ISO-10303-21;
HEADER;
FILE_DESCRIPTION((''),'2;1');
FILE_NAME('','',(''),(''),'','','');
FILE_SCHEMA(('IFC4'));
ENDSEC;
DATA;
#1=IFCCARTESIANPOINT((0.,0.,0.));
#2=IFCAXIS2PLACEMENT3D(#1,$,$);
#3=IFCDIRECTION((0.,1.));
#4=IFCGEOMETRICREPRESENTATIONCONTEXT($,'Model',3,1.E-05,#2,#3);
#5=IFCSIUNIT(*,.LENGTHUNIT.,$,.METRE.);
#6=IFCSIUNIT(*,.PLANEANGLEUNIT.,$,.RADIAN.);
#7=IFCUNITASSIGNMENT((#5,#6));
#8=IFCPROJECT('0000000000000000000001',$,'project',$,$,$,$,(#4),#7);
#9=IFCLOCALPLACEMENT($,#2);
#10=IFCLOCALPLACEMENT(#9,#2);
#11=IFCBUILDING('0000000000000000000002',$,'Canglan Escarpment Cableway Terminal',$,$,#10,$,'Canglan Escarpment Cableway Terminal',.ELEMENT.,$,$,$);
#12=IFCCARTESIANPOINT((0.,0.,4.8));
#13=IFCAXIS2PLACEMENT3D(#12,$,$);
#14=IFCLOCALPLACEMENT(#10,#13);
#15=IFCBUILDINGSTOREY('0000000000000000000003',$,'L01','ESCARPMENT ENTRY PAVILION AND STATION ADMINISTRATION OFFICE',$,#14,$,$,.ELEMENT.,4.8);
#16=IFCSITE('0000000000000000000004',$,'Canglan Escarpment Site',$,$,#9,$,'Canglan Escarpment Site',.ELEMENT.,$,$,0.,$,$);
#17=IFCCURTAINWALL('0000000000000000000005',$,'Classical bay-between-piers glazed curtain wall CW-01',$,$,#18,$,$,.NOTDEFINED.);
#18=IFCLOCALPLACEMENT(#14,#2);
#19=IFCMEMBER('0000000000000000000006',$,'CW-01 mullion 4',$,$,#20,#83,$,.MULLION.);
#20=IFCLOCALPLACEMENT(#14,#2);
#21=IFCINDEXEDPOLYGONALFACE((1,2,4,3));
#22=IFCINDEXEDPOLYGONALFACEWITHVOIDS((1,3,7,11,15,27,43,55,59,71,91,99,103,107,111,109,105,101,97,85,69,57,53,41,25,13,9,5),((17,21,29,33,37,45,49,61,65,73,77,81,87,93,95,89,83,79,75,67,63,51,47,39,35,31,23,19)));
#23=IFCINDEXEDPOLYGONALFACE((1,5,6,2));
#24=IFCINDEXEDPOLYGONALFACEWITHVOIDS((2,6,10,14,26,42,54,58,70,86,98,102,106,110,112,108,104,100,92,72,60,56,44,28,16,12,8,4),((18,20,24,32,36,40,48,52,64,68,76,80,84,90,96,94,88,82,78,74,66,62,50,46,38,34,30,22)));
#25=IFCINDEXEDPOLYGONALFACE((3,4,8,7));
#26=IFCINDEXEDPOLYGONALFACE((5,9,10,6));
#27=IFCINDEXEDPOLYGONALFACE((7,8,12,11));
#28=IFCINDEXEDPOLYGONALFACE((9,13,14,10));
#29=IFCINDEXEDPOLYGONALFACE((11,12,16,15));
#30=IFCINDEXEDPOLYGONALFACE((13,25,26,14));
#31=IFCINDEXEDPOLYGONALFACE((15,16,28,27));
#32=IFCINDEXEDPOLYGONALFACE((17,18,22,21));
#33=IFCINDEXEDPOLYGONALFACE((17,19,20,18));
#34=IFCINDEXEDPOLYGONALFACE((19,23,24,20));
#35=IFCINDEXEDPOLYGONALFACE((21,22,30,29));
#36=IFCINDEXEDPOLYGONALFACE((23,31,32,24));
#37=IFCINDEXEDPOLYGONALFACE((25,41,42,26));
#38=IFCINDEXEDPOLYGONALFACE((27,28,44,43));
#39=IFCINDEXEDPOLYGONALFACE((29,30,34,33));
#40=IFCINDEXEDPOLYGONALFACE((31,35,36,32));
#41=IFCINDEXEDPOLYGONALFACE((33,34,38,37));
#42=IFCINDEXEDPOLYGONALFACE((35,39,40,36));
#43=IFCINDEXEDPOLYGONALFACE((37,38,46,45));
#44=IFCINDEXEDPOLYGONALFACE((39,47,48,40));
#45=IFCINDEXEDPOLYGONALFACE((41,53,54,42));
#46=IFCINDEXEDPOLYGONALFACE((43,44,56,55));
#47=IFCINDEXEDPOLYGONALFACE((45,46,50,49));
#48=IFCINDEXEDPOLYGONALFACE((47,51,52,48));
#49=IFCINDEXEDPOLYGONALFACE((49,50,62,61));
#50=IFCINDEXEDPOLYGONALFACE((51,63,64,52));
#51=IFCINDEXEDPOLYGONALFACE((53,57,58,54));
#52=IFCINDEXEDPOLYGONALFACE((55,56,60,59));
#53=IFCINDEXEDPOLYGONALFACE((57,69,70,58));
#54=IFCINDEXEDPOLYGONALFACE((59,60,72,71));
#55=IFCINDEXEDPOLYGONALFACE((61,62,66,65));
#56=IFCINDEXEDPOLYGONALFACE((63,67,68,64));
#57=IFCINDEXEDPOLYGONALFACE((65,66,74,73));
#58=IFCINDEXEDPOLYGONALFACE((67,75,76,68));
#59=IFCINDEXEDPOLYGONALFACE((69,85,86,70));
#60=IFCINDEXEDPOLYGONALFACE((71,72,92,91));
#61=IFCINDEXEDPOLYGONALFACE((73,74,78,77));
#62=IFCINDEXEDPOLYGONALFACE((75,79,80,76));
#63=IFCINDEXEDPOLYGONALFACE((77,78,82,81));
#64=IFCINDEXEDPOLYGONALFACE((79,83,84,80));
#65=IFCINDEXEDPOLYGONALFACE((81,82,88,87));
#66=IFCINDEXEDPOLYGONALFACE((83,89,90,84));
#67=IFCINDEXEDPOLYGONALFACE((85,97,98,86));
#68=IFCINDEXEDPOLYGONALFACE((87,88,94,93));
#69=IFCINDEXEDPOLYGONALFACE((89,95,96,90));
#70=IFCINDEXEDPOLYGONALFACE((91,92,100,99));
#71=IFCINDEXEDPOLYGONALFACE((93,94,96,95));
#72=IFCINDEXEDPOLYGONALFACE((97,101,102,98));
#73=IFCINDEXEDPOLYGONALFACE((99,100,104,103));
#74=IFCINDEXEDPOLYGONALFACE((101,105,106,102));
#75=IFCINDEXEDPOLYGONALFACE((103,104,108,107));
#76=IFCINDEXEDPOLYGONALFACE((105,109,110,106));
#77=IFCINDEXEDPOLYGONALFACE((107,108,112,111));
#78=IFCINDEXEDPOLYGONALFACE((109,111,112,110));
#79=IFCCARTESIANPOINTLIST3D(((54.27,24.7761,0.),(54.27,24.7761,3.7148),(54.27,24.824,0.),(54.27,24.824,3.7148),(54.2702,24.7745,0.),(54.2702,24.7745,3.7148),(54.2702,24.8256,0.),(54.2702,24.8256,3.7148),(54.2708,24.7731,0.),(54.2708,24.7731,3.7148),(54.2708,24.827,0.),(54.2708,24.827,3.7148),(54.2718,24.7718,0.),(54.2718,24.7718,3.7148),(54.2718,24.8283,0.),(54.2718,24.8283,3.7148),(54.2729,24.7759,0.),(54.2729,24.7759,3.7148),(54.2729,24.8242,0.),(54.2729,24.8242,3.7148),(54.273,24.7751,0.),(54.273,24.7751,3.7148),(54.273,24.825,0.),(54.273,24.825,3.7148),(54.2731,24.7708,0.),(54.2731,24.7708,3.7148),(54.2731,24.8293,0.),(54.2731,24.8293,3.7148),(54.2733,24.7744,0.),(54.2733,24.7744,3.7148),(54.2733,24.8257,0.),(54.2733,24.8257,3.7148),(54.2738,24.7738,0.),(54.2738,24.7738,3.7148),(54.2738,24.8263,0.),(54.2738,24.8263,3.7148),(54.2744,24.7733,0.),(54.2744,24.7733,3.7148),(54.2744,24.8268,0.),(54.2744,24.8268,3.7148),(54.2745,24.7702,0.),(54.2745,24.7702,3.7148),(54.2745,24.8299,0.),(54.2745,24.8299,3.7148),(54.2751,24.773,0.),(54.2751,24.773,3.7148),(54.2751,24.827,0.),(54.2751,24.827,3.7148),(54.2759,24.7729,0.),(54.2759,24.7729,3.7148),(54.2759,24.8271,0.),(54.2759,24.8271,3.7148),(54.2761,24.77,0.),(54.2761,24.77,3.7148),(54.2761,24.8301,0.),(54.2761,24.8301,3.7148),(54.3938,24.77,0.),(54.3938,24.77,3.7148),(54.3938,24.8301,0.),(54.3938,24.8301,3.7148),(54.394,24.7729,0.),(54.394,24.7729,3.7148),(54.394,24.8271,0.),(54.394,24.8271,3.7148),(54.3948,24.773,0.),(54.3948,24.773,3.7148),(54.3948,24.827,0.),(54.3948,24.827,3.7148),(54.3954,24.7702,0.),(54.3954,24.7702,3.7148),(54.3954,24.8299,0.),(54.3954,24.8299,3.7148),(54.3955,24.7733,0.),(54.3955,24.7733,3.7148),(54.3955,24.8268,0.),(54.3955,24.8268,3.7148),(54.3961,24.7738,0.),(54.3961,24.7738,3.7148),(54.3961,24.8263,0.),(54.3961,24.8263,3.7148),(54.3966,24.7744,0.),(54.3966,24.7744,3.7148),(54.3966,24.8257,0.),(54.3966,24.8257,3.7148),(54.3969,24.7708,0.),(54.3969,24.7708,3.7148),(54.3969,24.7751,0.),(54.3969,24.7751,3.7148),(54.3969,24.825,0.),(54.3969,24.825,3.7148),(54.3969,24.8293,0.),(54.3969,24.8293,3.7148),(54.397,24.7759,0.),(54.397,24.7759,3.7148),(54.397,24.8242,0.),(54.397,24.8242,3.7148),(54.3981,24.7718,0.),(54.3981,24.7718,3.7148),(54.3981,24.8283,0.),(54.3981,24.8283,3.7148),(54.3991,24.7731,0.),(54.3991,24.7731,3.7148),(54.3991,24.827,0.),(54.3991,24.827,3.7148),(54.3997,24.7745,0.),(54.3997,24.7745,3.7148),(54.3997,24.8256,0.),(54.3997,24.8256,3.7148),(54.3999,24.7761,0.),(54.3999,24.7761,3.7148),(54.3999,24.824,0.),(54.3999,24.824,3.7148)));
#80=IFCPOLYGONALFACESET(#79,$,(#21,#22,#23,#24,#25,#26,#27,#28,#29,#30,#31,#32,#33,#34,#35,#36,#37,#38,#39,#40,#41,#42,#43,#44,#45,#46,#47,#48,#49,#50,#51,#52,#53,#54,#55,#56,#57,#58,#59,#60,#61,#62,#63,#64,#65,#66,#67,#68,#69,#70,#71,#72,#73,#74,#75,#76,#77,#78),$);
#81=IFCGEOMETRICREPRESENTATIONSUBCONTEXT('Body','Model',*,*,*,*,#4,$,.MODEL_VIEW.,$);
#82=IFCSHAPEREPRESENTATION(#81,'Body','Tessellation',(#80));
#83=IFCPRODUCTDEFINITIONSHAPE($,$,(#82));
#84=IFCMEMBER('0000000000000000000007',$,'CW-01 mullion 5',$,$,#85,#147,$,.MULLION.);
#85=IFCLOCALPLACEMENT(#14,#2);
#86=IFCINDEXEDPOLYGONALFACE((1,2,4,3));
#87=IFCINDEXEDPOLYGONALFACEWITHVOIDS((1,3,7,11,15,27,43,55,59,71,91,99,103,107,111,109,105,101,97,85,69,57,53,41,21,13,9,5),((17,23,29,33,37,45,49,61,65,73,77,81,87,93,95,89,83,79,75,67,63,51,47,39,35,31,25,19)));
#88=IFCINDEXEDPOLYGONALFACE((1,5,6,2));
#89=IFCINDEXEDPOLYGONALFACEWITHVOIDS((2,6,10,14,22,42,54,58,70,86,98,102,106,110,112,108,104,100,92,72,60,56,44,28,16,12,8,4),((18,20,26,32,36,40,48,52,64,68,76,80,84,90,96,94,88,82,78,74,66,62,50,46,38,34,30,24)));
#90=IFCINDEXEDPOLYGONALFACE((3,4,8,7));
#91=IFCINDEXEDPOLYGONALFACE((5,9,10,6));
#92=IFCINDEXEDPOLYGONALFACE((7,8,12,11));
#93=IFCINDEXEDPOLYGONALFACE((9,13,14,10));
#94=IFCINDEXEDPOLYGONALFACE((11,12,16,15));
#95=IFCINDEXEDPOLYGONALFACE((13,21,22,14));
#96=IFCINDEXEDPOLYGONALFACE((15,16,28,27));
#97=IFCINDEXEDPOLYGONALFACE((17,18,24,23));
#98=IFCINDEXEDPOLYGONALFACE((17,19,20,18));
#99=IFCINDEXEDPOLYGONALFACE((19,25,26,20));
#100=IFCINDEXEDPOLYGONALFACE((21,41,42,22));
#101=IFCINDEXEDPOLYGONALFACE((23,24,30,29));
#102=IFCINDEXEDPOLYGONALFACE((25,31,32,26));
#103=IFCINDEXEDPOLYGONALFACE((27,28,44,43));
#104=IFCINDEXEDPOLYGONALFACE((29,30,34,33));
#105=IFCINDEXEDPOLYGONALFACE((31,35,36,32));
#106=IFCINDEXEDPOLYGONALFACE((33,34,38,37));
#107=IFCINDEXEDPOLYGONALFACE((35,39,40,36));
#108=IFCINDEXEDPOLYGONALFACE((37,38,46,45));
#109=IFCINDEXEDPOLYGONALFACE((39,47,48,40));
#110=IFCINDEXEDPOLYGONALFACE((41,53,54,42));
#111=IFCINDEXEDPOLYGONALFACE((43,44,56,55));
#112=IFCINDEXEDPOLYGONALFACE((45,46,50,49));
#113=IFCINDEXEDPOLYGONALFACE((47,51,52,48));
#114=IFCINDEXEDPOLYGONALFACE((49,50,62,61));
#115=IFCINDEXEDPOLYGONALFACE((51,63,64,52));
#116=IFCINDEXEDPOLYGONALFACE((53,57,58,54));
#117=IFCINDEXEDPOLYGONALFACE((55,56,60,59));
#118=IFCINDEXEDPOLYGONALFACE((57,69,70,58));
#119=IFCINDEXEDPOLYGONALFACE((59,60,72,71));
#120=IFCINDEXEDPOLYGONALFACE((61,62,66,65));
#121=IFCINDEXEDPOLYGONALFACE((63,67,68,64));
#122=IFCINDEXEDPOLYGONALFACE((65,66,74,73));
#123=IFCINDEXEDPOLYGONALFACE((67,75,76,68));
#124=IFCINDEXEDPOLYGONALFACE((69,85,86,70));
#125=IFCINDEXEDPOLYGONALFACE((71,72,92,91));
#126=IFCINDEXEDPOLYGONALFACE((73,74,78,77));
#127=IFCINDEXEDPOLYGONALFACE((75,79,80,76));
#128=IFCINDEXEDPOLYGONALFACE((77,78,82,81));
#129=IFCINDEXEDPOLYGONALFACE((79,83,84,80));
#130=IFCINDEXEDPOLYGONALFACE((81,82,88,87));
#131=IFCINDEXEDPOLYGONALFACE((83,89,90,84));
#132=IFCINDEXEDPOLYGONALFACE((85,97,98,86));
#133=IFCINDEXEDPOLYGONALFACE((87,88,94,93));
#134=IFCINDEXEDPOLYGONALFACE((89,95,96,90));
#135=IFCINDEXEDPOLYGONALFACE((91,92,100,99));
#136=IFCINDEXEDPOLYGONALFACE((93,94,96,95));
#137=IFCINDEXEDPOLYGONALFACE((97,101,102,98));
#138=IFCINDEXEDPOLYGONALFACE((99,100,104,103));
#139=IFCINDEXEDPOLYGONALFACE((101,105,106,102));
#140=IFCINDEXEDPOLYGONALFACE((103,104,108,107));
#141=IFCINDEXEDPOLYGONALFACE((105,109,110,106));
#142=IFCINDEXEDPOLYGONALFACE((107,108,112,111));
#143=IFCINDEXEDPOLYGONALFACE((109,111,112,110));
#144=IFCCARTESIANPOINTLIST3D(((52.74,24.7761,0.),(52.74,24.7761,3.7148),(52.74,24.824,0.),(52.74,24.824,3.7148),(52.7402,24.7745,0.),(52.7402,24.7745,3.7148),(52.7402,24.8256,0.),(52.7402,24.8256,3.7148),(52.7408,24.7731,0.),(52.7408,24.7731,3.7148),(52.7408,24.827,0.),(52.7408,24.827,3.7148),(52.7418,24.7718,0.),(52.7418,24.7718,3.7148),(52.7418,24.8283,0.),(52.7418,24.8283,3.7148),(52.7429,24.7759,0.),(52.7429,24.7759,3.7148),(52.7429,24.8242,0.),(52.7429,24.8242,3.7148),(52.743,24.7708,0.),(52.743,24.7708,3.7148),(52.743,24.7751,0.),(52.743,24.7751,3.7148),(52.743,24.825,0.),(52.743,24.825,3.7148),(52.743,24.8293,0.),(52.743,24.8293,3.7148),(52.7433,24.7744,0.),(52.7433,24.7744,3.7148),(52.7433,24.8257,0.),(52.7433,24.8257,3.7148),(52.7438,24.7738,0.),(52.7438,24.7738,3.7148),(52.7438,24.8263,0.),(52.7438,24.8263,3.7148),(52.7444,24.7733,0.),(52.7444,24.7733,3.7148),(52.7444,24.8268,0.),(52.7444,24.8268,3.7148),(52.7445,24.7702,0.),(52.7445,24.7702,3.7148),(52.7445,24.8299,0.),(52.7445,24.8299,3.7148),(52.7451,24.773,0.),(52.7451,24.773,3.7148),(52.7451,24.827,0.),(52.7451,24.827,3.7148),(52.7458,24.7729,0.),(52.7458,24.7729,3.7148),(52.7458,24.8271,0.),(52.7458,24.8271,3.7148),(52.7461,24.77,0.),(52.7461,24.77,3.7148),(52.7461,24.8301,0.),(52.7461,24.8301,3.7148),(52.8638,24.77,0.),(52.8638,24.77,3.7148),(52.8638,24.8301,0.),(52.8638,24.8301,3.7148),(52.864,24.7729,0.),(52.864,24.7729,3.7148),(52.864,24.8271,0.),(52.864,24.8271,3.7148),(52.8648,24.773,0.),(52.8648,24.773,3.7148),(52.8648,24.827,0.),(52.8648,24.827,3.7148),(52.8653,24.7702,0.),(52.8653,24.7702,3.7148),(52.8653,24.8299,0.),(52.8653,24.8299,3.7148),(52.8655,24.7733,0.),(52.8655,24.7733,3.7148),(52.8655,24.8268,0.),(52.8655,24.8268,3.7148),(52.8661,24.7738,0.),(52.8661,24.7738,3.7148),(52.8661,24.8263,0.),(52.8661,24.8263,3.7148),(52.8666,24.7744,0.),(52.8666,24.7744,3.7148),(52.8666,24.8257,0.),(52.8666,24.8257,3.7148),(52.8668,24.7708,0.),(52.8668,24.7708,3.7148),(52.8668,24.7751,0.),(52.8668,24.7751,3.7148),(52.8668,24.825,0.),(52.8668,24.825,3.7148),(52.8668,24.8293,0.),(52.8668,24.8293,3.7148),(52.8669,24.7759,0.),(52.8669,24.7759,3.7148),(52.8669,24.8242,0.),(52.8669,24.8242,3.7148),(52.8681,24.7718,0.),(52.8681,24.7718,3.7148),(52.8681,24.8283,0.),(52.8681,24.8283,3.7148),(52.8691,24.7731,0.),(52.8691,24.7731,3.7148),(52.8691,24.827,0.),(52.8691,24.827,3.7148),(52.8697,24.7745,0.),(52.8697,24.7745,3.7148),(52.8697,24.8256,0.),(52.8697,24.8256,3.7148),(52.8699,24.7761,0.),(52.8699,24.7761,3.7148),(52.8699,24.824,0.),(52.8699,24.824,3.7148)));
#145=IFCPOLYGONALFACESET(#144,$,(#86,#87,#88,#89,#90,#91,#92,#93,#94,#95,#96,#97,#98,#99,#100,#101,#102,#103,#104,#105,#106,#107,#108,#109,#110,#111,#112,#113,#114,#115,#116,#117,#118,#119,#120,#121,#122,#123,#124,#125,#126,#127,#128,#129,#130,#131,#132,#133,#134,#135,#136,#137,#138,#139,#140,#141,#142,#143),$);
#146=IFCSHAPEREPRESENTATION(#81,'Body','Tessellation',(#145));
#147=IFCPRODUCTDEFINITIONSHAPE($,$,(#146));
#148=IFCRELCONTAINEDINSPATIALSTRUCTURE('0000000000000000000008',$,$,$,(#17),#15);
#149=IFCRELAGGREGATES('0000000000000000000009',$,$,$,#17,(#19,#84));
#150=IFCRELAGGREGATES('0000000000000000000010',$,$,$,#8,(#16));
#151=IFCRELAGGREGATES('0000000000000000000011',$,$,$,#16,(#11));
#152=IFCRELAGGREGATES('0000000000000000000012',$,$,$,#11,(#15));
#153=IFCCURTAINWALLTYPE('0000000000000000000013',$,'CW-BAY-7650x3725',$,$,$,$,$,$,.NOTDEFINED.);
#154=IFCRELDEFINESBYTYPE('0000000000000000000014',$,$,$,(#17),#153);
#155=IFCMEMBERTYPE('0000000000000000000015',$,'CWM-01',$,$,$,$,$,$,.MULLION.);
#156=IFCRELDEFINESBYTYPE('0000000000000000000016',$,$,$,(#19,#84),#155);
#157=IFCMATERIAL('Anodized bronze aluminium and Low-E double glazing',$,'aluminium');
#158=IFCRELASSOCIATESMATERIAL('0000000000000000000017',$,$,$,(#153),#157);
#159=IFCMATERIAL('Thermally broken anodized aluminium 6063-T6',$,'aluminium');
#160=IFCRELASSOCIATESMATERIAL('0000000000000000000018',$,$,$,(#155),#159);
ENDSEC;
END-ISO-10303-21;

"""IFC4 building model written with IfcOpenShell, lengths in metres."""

from ifc_helpers import new_model, si_unit, direction, frame, origin, origin_2d, place, context, subcontext, project, spatial, hollow_rectangle, extrude, material, material_profile, profile_set, type_object, element, aggregate, save


model = new_model("IFC4")

# Units and contexts
model_context = context("Model", 3, precision=1e-05, world=origin(), true_north=direction((0.0, 1.0)))
body_context = subcontext(model_context, "Body", "Model", "MODEL_VIEW")
ifc_project = project(units=[si_unit("LENGTHUNIT", "METRE"), si_unit("PLANEANGLEUNIT", "RADIAN")], contexts=[model_context])

# Site, building, storey
site_placement = place(None, origin())
site = spatial("IfcSite", under=ifc_project, at=site_placement, Name="Canglan Escarpment Site", LongName="Canglan Escarpment Site", CompositionType="ELEMENT", RefElevation=0.0)
building_placement = place(site_placement, origin())
building = spatial("IfcBuilding", under=site, at=building_placement, Name="Canglan Escarpment Cableway Terminal", LongName="Canglan Escarpment Cableway Terminal", CompositionType="ELEMENT")
storey_placement = place(building_placement, frame((0.0, 0.0, 4.8)))
storey = spatial("IfcBuildingStorey", under=building, at=storey_placement, Name="L01", Description="ESCARPMENT ENTRY PAVILION AND STATION ADMINISTRATION OFFICE", CompositionType="ELEMENT", Elevation=4.8)

# Curtain wall, members
ifc_material_1 = material(Name="Anodized bronze aluminium and Low-E double glazing", Category="aluminium")
curtain_wall_type = type_object("IfcCurtainWallType", Name="CW-BAY-7650x3725", PredefinedType="NOTDEFINED", material=ifc_material_1)
curtain_wall_placement = place(storey_placement, origin())
curtain_wall = element("IfcCurtainWall", 1, at=curtain_wall_placement, inside=storey, type_object=curtain_wall_type, Name="Classical bay-between-piers glazed curtain wall CW-01", PredefinedType="NOTDEFINED")
ifc_material_2 = material(Name="Thermally broken anodized aluminium 6063-T6", Category="aluminium")
ifc_material_profile_1 = material_profile(ifc_material_2, hollow_rectangle(XDim=0.0601, YDim=0.1299, WallThickness=0.0029, InnerFilletRadius=0.0029, OuterFilletRadius=0.0061, at=origin_2d()), Name="ALU-MULL 60x130x3")
ifc_profile_set_1 = profile_set([ifc_material_profile_1], Name="Thermally broken anodized aluminium 6063-T6")
member_type_1 = type_object("IfcMemberType", Name="CWM-01", PredefinedType="MULLION", material=ifc_profile_set_1)
member_1_placement = place(storey_placement, frame((54.335, 24.8, 0.0), z_axis=(0.0, 0.0, 1.0), x_axis=(0.0, -1.0, 0.0)))
member_1 = element("IfcMember", 2, at=member_1_placement, type_object=member_type_1, Name="CW-01 mullion 4", PredefinedType="MULLION", context=body_context, shape_type="SweptSolid", body=[
    extrude(hollow_rectangle(XDim=0.0601, YDim=0.1299, WallThickness=0.0029, InnerFilletRadius=0.0029, OuterFilletRadius=0.0061, at=origin_2d()), origin(), (0.0, 0.0, 1.0), 3.7148),
])
member_2_placement = place(storey_placement, frame((52.8049, 24.8, 0.0), z_axis=(0.0, 0.0, 1.0), x_axis=(0.0, -1.0, 0.0)))
member_2 = element("IfcMember", 3, at=member_2_placement, type_object=member_type_1, Name="CW-01 mullion 5", PredefinedType="MULLION", context=body_context, shape_type="SweptSolid", body=[
    extrude(hollow_rectangle(XDim=0.0601, YDim=0.1299, WallThickness=0.0029, InnerFilletRadius=0.0029, OuterFilletRadius=0.0061, at=origin_2d()), origin(), (0.0, 0.0, 1.0), 3.7148),
])
aggregate(curtain_wall, [member_1, member_2])

save(model, "model.ifc")
